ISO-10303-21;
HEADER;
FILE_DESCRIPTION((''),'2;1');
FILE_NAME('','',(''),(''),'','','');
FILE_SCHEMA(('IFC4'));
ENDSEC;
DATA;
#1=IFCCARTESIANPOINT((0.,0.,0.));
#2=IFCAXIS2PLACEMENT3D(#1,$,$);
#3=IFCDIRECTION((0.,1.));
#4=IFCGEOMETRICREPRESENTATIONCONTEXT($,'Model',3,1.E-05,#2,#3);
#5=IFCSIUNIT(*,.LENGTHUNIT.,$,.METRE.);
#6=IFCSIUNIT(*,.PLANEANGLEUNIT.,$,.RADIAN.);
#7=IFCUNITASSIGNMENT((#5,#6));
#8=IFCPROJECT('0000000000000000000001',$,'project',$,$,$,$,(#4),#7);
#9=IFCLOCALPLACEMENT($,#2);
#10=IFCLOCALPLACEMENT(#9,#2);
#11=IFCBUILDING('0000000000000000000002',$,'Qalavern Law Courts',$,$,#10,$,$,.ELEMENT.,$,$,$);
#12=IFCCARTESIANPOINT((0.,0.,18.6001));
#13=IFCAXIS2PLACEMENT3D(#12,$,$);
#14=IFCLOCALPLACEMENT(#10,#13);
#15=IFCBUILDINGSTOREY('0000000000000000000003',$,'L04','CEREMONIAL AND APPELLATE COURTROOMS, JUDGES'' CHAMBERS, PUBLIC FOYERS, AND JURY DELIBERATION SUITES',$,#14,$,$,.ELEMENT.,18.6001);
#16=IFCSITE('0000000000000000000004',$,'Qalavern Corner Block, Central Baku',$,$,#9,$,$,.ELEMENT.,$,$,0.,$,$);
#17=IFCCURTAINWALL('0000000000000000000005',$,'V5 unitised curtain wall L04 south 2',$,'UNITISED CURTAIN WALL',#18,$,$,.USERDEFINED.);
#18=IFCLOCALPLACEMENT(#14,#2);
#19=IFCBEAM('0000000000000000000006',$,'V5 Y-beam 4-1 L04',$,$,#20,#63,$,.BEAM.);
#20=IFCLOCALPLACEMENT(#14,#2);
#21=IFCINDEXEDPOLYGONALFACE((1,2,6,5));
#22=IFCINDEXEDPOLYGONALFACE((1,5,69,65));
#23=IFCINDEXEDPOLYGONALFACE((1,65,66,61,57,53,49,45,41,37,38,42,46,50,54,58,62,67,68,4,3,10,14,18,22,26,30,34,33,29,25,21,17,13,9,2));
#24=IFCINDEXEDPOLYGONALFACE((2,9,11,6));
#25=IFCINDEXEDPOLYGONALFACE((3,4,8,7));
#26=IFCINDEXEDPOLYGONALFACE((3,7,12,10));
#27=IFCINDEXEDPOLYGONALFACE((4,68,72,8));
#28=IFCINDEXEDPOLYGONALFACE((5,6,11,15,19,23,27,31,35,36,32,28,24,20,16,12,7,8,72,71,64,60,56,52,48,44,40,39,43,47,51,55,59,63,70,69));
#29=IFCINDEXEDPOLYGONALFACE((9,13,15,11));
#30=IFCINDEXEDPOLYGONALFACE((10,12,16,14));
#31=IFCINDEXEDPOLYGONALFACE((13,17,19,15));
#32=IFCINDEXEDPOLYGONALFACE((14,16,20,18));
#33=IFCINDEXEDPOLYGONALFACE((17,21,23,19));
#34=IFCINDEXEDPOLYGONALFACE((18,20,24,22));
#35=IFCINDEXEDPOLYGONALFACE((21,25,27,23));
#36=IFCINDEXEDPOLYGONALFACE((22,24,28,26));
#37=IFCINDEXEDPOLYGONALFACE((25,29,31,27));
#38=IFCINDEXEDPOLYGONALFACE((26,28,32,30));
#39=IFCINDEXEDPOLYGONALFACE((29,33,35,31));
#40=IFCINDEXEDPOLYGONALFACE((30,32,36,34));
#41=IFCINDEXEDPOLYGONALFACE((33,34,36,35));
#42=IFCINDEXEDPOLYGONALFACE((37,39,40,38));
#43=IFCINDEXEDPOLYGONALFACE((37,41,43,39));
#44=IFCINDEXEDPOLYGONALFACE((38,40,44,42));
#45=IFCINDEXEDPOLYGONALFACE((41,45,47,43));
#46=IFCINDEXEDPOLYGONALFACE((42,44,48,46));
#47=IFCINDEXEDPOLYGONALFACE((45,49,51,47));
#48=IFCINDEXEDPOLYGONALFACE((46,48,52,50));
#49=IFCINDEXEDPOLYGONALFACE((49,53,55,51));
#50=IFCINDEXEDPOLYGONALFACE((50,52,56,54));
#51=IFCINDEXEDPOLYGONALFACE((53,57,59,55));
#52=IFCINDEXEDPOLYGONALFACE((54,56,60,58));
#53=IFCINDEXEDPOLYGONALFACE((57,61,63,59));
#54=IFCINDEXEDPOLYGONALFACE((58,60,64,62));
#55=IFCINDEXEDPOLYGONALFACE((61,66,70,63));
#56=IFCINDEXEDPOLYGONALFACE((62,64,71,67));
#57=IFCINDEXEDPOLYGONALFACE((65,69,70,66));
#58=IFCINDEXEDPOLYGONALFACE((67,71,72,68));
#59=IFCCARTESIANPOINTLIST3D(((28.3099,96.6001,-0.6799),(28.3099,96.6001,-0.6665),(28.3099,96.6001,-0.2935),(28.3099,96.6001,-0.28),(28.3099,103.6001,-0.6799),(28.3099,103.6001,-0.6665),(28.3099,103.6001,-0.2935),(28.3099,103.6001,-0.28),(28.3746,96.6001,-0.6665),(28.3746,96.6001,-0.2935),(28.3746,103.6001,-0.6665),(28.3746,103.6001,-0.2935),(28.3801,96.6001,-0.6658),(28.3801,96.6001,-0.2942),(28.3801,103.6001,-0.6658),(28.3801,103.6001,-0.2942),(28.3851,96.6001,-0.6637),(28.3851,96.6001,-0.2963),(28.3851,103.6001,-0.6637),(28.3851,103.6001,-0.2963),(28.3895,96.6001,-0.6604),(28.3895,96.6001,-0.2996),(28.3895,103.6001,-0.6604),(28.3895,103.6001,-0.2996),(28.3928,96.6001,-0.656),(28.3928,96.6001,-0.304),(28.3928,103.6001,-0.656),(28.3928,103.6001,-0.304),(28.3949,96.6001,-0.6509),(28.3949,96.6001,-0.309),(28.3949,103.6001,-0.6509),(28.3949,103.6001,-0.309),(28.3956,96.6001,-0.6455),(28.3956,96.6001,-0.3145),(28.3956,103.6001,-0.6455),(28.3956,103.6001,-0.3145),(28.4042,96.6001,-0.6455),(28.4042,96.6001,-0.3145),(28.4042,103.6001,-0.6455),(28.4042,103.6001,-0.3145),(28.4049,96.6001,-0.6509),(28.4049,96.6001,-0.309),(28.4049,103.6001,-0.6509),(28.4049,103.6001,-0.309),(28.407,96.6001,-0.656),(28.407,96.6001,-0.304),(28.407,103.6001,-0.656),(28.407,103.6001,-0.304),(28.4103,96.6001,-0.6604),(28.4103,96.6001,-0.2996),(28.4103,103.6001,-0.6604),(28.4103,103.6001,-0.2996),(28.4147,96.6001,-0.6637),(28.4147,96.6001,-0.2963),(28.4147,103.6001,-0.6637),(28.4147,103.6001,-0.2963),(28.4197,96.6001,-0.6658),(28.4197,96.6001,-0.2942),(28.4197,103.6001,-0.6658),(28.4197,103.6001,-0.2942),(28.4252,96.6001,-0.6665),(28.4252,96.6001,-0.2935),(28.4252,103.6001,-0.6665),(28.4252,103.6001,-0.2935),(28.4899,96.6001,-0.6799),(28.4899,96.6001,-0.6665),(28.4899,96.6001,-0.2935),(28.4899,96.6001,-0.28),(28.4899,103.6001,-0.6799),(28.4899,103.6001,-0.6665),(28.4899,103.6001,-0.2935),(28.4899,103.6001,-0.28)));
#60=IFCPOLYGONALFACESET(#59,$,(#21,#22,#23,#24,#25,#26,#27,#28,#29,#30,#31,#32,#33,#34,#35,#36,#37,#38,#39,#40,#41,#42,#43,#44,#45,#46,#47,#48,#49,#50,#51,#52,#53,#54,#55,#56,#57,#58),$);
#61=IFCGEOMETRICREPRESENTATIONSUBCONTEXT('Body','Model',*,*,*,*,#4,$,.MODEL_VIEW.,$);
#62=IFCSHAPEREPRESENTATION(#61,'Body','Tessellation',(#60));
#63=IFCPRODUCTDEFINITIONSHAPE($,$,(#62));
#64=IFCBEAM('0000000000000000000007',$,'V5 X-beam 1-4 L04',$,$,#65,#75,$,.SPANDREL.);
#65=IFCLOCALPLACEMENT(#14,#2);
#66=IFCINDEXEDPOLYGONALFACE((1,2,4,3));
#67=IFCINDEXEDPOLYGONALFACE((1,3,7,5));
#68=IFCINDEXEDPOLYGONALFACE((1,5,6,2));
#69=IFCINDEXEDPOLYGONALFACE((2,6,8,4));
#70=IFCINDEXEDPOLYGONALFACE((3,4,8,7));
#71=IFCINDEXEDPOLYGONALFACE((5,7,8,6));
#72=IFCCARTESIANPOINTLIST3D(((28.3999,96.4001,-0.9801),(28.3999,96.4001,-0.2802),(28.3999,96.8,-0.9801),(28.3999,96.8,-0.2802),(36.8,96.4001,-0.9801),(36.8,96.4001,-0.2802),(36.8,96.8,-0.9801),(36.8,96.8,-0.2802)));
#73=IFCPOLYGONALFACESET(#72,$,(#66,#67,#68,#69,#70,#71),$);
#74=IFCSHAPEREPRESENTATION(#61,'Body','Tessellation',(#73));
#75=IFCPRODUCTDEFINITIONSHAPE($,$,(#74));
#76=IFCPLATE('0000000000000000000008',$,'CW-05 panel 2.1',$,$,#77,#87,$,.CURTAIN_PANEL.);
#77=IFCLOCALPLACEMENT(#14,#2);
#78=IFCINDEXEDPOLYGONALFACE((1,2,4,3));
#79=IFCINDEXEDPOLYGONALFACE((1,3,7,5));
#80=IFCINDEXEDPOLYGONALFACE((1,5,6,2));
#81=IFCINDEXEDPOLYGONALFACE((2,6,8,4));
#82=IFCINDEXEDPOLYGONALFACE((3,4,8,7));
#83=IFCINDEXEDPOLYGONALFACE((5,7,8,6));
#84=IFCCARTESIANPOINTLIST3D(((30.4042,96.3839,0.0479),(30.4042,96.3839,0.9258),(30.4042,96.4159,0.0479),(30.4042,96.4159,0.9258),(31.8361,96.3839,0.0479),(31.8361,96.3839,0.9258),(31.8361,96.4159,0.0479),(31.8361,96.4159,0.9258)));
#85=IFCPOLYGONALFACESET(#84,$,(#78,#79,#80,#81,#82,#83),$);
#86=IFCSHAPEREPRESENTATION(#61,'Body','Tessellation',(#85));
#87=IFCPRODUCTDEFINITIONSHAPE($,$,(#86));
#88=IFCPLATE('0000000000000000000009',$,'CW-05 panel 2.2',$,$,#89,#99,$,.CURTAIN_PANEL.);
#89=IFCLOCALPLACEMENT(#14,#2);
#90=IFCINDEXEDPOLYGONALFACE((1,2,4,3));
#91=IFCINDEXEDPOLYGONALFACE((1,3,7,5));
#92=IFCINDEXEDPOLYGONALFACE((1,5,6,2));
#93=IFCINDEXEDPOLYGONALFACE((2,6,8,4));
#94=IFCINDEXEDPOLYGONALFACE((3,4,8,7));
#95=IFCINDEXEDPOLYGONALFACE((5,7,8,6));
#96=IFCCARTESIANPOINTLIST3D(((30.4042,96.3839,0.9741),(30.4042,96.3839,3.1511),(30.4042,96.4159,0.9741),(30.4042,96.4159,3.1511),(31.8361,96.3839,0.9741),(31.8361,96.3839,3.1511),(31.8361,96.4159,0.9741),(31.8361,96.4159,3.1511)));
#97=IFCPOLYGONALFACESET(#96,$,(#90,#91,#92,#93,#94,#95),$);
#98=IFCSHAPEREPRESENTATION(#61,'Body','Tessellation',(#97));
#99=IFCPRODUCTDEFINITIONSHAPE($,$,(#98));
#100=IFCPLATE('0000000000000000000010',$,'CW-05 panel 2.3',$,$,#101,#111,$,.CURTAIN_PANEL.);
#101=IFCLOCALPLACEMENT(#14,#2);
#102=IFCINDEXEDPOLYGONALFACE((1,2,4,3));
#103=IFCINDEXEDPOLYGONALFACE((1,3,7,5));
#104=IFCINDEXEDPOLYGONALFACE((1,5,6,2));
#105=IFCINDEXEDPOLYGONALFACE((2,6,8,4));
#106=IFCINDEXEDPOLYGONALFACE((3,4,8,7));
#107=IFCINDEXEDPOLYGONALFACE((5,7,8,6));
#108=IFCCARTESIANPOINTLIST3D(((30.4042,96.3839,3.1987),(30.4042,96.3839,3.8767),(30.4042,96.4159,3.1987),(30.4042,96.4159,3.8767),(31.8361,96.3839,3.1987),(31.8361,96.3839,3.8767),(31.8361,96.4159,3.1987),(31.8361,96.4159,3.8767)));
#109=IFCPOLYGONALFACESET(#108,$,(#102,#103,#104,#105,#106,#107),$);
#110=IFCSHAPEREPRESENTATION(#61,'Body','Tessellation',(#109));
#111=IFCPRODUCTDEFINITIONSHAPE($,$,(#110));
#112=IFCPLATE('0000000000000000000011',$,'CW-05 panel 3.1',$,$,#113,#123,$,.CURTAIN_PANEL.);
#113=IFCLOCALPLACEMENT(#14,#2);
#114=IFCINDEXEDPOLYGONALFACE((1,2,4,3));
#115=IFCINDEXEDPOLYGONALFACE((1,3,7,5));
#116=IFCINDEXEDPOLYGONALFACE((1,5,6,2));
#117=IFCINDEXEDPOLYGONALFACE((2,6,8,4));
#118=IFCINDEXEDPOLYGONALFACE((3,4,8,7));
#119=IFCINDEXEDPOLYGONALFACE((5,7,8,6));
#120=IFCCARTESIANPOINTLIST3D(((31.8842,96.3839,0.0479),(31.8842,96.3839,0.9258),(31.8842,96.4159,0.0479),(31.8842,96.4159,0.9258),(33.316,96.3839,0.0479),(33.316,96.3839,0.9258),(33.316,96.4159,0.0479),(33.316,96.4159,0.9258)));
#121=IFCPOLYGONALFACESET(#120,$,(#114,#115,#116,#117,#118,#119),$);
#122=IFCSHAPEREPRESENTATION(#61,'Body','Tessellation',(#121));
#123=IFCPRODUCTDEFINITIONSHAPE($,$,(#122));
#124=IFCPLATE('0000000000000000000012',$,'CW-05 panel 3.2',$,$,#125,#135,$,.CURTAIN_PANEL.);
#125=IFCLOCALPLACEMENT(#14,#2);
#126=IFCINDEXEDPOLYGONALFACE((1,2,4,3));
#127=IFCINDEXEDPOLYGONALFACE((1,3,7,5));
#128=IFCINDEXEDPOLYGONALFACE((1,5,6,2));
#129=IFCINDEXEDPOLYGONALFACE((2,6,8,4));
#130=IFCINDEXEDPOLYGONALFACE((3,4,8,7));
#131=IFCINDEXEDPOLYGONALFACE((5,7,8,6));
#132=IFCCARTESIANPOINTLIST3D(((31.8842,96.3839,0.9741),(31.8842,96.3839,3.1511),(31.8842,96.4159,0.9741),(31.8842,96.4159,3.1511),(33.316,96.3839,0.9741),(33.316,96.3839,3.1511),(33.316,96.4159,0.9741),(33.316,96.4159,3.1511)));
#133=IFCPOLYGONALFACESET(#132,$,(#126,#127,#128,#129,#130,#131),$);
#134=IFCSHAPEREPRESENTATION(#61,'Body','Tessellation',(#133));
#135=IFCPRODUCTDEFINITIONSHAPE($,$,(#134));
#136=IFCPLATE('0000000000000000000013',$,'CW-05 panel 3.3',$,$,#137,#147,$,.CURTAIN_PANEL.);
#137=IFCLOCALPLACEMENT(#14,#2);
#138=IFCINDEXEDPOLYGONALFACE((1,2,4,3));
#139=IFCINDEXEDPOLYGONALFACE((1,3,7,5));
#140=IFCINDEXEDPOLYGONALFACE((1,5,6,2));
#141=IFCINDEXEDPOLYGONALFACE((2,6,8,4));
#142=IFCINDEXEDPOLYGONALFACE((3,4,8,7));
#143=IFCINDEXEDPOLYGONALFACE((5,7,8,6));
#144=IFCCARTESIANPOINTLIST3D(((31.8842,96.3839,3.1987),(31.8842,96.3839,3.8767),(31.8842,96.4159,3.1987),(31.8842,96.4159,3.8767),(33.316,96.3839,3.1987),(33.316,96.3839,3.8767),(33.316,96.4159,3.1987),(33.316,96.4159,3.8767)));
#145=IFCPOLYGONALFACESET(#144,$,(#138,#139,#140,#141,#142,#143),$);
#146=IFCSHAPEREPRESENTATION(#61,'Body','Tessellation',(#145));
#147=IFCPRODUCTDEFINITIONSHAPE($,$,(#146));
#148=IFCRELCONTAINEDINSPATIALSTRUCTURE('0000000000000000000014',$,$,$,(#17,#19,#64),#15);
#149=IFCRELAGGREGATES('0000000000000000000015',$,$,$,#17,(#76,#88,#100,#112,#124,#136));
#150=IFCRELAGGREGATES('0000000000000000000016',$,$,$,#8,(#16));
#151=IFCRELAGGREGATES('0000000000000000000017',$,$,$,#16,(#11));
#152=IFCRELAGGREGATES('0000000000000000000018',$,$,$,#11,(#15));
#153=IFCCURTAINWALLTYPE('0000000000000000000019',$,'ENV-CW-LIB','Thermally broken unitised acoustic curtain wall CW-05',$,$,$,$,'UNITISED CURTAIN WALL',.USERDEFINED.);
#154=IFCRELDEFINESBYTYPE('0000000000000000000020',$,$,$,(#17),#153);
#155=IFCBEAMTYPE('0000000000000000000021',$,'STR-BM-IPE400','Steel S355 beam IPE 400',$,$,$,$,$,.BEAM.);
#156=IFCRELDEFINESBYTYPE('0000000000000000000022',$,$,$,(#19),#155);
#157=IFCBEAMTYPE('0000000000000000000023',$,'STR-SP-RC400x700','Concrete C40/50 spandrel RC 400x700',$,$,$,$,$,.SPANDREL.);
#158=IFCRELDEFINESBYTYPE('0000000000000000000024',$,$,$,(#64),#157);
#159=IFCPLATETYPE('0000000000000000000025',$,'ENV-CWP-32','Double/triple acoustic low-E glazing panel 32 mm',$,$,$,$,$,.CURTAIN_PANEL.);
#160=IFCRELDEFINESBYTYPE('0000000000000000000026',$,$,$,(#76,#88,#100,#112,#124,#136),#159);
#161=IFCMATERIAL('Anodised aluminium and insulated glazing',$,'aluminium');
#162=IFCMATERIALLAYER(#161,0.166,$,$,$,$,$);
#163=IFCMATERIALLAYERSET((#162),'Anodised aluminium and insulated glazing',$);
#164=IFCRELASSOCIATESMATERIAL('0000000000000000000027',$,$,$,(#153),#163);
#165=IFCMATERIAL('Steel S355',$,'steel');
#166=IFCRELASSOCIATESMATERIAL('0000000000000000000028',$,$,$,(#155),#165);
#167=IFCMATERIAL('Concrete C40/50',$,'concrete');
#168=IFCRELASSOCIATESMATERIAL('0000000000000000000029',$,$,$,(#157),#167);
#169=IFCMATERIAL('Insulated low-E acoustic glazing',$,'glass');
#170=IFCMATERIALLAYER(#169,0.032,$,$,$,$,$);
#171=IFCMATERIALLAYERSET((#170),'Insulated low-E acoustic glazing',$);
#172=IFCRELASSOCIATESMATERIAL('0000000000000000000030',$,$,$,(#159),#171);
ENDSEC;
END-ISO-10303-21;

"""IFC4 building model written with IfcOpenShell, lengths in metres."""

from ifc_helpers import new_model, si_unit, direction, frame, origin, origin_2d, place, context, subcontext, project, spatial, rectangle, i_section, extrude, material, layer, layer_set, material_profile, profile_set, type_object, element, aggregate, save


model = new_model("IFC4")

# Units and contexts
model_context = context("Model", 3, precision=1e-05, world=origin(), true_north=direction((0.0, 1.0)))
body_context = subcontext(model_context, "Body", "Model", "MODEL_VIEW")
ifc_project = project(units=[si_unit("LENGTHUNIT", "METRE"), si_unit("PLANEANGLEUNIT", "RADIAN")], contexts=[model_context])

# Site, building, storey
site_placement = place(None, origin())
site = spatial("IfcSite", under=ifc_project, at=site_placement, Name="Qalavern Corner Block, Central Baku", CompositionType="ELEMENT", RefElevation=0.0)
building_placement = place(site_placement, origin())
building = spatial("IfcBuilding", under=site, at=building_placement, Name="Qalavern Law Courts", CompositionType="ELEMENT")
storey_placement = place(building_placement, frame((0.0, 0.0, 18.6001)))
storey = spatial("IfcBuildingStorey", under=building, at=storey_placement, Name="L04", Description="CEREMONIAL AND APPELLATE COURTROOMS, JUDGES' CHAMBERS, PUBLIC FOYERS, AND JURY DELIBERATION SUITES", CompositionType="ELEMENT", Elevation=18.6001)

# Curtain wall
ifc_material_1 = material(Name="Anodised aluminium and insulated glazing", Category="aluminium")
ifc_layer_1 = layer(ifc_material_1, 0.166)
ifc_layer_set_1 = layer_set([ifc_layer_1], Name="Anodised aluminium and insulated glazing")
curtain_wall_type = type_object("IfcCurtainWallType", Name="ENV-CW-LIB", Description="Thermally broken unitised acoustic curtain wall CW-05", ElementType="UNITISED CURTAIN WALL", PredefinedType="USERDEFINED", material=ifc_layer_set_1)
curtain_wall_placement = place(storey_placement, origin())
curtain_wall = element("IfcCurtainWall", 1, at=curtain_wall_placement, inside=storey, type_object=curtain_wall_type, Name="V5 unitised curtain wall L04 south 2", ObjectType="UNITISED CURTAIN WALL", PredefinedType="USERDEFINED")

# Beams
ifc_material_2 = material(Name="Steel S355", Category="steel")
ifc_material_profile_1 = material_profile(ifc_material_2, i_section(OverallWidth=0.1799, OverallDepth=0.3999, WebThickness=0.0085, FlangeThickness=0.0134, FilletRadius=0.021, at=origin_2d()), Name="IPE 400")
ifc_profile_set_1 = profile_set([ifc_material_profile_1], Name="Steel S355")
beam_type_1 = type_object("IfcBeamType", Name="STR-BM-IPE400", Description="Steel S355 beam IPE 400", PredefinedType="BEAM", material=ifc_profile_set_1)
beam_1_placement = place(storey_placement, frame((28.3999, 96.6001, -0.48), z_axis=(0.0, 1.0, 0.0), x_axis=(-1.0, 0.0, 0.0)))
element("IfcBeam", 2, at=beam_1_placement, inside=storey, type_object=beam_type_1, Name="V5 Y-beam 4-1 L04", PredefinedType="BEAM", context=body_context, shape_type="SweptSolid", body=[
    extrude(i_section(OverallWidth=0.1799, OverallDepth=0.3999, WebThickness=0.0085, FlangeThickness=0.0134, FilletRadius=0.021, at=origin_2d()), origin(), (0.0, 0.0, 1.0), 7.0),
])
ifc_material_3 = material(Name="Concrete C40/50", Category="concrete")
ifc_material_profile_2 = material_profile(ifc_material_3, rectangle(XDim=0.3999, YDim=0.7, at=origin_2d()), Name="RC 400x700")
ifc_profile_set_2 = profile_set([ifc_material_profile_2], Name="Concrete C40/50")
beam_type_2 = type_object("IfcBeamType", Name="STR-SP-RC400x700", Description="Concrete C40/50 spandrel RC 400x700", PredefinedType="SPANDREL", material=ifc_profile_set_2)
beam_2_placement = place(storey_placement, frame((28.3999, 96.6001, -0.6301), z_axis=(1.0, 0.0, 0.0), x_axis=(0.0, 1.0, 0.0)))
element("IfcBeam", 3, at=beam_2_placement, inside=storey, type_object=beam_type_2, Name="V5 X-beam 1-4 L04", PredefinedType="SPANDREL", context=body_context, shape_type="SweptSolid", body=[
    extrude(rectangle(XDim=0.3999, YDim=0.7, at=origin_2d()), origin(), (0.0, 0.0, 1.0), 8.4001),
])

# Plates
ifc_material_4 = material(Name="Insulated low-E acoustic glazing", Category="glass")
ifc_layer_2 = layer(ifc_material_4, 0.032)
ifc_layer_set_2 = layer_set([ifc_layer_2], Name="Insulated low-E acoustic glazing")
plate_type = type_object("IfcPlateType", Name="ENV-CWP-32", Description="Double/triple acoustic low-E glazing panel 32 mm", PredefinedType="CURTAIN_PANEL", material=ifc_layer_set_2)
plate_1_placement = place(storey_placement, frame((31.1201, 96.3999, 0.0479), z_axis=(0.0, 0.0, 1.0), x_axis=(1.0, 0.0, 0.0)))
plate_1 = element("IfcPlate", 4, at=plate_1_placement, type_object=plate_type, Name="CW-05 panel 2.1", PredefinedType="CURTAIN_PANEL", context=body_context, shape_type="SweptSolid", body=[
    extrude(rectangle(XDim=1.4319, YDim=0.032, at=origin_2d()), origin(), (0.0, 0.0, 1.0), 0.8779),
])
plate_2_placement = place(storey_placement, frame((31.1201, 96.3999, 0.9741), z_axis=(0.0, 0.0, 1.0), x_axis=(1.0, 0.0, 0.0)))
plate_2 = element("IfcPlate", 5, at=plate_2_placement, type_object=plate_type, Name="CW-05 panel 2.2", PredefinedType="CURTAIN_PANEL", context=body_context, shape_type="SweptSolid", body=[
    extrude(rectangle(XDim=1.4319, YDim=0.032, at=origin_2d()), origin(), (0.0, 0.0, 1.0), 2.177),
])
plate_3_placement = place(storey_placement, frame((31.1201, 96.3999, 3.1987), z_axis=(0.0, 0.0, 1.0), x_axis=(1.0, 0.0, 0.0)))
plate_3 = element("IfcPlate", 6, at=plate_3_placement, type_object=plate_type, Name="CW-05 panel 2.3", PredefinedType="CURTAIN_PANEL", context=body_context, shape_type="SweptSolid", body=[
    extrude(rectangle(XDim=1.4319, YDim=0.032, at=origin_2d()), origin(), (0.0, 0.0, 1.0), 0.678),
])
plate_4_placement = place(storey_placement, frame((32.6001, 96.3999, 0.0479), z_axis=(0.0, 0.0, 1.0), x_axis=(1.0, 0.0, 0.0)))
plate_4 = element("IfcPlate", 7, at=plate_4_placement, type_object=plate_type, Name="CW-05 panel 3.1", PredefinedType="CURTAIN_PANEL", context=body_context, shape_type="SweptSolid", body=[
    extrude(rectangle(XDim=1.4319, YDim=0.032, at=origin_2d()), origin(), (0.0, 0.0, 1.0), 0.8779),
])
plate_5_placement = place(storey_placement, frame((32.6001, 96.3999, 0.9741), z_axis=(0.0, 0.0, 1.0), x_axis=(1.0, 0.0, 0.0)))
plate_5 = element("IfcPlate", 8, at=plate_5_placement, type_object=plate_type, Name="CW-05 panel 3.2", PredefinedType="CURTAIN_PANEL", context=body_context, shape_type="SweptSolid", body=[
    extrude(rectangle(XDim=1.4319, YDim=0.032, at=origin_2d()), origin(), (0.0, 0.0, 1.0), 2.177),
])
plate_6_placement = place(storey_placement, frame((32.6001, 96.3999, 3.1987), z_axis=(0.0, 0.0, 1.0), x_axis=(1.0, 0.0, 0.0)))
plate_6 = element("IfcPlate", 9, at=plate_6_placement, type_object=plate_type, Name="CW-05 panel 3.3", PredefinedType="CURTAIN_PANEL", context=body_context, shape_type="SweptSolid", body=[
    extrude(rectangle(XDim=1.4319, YDim=0.032, at=origin_2d()), origin(), (0.0, 0.0, 1.0), 0.678),
])
aggregate(curtain_wall, [plate_1, plate_2, plate_3, plate_4, plate_5, plate_6])

save(model, "model.ifc")
